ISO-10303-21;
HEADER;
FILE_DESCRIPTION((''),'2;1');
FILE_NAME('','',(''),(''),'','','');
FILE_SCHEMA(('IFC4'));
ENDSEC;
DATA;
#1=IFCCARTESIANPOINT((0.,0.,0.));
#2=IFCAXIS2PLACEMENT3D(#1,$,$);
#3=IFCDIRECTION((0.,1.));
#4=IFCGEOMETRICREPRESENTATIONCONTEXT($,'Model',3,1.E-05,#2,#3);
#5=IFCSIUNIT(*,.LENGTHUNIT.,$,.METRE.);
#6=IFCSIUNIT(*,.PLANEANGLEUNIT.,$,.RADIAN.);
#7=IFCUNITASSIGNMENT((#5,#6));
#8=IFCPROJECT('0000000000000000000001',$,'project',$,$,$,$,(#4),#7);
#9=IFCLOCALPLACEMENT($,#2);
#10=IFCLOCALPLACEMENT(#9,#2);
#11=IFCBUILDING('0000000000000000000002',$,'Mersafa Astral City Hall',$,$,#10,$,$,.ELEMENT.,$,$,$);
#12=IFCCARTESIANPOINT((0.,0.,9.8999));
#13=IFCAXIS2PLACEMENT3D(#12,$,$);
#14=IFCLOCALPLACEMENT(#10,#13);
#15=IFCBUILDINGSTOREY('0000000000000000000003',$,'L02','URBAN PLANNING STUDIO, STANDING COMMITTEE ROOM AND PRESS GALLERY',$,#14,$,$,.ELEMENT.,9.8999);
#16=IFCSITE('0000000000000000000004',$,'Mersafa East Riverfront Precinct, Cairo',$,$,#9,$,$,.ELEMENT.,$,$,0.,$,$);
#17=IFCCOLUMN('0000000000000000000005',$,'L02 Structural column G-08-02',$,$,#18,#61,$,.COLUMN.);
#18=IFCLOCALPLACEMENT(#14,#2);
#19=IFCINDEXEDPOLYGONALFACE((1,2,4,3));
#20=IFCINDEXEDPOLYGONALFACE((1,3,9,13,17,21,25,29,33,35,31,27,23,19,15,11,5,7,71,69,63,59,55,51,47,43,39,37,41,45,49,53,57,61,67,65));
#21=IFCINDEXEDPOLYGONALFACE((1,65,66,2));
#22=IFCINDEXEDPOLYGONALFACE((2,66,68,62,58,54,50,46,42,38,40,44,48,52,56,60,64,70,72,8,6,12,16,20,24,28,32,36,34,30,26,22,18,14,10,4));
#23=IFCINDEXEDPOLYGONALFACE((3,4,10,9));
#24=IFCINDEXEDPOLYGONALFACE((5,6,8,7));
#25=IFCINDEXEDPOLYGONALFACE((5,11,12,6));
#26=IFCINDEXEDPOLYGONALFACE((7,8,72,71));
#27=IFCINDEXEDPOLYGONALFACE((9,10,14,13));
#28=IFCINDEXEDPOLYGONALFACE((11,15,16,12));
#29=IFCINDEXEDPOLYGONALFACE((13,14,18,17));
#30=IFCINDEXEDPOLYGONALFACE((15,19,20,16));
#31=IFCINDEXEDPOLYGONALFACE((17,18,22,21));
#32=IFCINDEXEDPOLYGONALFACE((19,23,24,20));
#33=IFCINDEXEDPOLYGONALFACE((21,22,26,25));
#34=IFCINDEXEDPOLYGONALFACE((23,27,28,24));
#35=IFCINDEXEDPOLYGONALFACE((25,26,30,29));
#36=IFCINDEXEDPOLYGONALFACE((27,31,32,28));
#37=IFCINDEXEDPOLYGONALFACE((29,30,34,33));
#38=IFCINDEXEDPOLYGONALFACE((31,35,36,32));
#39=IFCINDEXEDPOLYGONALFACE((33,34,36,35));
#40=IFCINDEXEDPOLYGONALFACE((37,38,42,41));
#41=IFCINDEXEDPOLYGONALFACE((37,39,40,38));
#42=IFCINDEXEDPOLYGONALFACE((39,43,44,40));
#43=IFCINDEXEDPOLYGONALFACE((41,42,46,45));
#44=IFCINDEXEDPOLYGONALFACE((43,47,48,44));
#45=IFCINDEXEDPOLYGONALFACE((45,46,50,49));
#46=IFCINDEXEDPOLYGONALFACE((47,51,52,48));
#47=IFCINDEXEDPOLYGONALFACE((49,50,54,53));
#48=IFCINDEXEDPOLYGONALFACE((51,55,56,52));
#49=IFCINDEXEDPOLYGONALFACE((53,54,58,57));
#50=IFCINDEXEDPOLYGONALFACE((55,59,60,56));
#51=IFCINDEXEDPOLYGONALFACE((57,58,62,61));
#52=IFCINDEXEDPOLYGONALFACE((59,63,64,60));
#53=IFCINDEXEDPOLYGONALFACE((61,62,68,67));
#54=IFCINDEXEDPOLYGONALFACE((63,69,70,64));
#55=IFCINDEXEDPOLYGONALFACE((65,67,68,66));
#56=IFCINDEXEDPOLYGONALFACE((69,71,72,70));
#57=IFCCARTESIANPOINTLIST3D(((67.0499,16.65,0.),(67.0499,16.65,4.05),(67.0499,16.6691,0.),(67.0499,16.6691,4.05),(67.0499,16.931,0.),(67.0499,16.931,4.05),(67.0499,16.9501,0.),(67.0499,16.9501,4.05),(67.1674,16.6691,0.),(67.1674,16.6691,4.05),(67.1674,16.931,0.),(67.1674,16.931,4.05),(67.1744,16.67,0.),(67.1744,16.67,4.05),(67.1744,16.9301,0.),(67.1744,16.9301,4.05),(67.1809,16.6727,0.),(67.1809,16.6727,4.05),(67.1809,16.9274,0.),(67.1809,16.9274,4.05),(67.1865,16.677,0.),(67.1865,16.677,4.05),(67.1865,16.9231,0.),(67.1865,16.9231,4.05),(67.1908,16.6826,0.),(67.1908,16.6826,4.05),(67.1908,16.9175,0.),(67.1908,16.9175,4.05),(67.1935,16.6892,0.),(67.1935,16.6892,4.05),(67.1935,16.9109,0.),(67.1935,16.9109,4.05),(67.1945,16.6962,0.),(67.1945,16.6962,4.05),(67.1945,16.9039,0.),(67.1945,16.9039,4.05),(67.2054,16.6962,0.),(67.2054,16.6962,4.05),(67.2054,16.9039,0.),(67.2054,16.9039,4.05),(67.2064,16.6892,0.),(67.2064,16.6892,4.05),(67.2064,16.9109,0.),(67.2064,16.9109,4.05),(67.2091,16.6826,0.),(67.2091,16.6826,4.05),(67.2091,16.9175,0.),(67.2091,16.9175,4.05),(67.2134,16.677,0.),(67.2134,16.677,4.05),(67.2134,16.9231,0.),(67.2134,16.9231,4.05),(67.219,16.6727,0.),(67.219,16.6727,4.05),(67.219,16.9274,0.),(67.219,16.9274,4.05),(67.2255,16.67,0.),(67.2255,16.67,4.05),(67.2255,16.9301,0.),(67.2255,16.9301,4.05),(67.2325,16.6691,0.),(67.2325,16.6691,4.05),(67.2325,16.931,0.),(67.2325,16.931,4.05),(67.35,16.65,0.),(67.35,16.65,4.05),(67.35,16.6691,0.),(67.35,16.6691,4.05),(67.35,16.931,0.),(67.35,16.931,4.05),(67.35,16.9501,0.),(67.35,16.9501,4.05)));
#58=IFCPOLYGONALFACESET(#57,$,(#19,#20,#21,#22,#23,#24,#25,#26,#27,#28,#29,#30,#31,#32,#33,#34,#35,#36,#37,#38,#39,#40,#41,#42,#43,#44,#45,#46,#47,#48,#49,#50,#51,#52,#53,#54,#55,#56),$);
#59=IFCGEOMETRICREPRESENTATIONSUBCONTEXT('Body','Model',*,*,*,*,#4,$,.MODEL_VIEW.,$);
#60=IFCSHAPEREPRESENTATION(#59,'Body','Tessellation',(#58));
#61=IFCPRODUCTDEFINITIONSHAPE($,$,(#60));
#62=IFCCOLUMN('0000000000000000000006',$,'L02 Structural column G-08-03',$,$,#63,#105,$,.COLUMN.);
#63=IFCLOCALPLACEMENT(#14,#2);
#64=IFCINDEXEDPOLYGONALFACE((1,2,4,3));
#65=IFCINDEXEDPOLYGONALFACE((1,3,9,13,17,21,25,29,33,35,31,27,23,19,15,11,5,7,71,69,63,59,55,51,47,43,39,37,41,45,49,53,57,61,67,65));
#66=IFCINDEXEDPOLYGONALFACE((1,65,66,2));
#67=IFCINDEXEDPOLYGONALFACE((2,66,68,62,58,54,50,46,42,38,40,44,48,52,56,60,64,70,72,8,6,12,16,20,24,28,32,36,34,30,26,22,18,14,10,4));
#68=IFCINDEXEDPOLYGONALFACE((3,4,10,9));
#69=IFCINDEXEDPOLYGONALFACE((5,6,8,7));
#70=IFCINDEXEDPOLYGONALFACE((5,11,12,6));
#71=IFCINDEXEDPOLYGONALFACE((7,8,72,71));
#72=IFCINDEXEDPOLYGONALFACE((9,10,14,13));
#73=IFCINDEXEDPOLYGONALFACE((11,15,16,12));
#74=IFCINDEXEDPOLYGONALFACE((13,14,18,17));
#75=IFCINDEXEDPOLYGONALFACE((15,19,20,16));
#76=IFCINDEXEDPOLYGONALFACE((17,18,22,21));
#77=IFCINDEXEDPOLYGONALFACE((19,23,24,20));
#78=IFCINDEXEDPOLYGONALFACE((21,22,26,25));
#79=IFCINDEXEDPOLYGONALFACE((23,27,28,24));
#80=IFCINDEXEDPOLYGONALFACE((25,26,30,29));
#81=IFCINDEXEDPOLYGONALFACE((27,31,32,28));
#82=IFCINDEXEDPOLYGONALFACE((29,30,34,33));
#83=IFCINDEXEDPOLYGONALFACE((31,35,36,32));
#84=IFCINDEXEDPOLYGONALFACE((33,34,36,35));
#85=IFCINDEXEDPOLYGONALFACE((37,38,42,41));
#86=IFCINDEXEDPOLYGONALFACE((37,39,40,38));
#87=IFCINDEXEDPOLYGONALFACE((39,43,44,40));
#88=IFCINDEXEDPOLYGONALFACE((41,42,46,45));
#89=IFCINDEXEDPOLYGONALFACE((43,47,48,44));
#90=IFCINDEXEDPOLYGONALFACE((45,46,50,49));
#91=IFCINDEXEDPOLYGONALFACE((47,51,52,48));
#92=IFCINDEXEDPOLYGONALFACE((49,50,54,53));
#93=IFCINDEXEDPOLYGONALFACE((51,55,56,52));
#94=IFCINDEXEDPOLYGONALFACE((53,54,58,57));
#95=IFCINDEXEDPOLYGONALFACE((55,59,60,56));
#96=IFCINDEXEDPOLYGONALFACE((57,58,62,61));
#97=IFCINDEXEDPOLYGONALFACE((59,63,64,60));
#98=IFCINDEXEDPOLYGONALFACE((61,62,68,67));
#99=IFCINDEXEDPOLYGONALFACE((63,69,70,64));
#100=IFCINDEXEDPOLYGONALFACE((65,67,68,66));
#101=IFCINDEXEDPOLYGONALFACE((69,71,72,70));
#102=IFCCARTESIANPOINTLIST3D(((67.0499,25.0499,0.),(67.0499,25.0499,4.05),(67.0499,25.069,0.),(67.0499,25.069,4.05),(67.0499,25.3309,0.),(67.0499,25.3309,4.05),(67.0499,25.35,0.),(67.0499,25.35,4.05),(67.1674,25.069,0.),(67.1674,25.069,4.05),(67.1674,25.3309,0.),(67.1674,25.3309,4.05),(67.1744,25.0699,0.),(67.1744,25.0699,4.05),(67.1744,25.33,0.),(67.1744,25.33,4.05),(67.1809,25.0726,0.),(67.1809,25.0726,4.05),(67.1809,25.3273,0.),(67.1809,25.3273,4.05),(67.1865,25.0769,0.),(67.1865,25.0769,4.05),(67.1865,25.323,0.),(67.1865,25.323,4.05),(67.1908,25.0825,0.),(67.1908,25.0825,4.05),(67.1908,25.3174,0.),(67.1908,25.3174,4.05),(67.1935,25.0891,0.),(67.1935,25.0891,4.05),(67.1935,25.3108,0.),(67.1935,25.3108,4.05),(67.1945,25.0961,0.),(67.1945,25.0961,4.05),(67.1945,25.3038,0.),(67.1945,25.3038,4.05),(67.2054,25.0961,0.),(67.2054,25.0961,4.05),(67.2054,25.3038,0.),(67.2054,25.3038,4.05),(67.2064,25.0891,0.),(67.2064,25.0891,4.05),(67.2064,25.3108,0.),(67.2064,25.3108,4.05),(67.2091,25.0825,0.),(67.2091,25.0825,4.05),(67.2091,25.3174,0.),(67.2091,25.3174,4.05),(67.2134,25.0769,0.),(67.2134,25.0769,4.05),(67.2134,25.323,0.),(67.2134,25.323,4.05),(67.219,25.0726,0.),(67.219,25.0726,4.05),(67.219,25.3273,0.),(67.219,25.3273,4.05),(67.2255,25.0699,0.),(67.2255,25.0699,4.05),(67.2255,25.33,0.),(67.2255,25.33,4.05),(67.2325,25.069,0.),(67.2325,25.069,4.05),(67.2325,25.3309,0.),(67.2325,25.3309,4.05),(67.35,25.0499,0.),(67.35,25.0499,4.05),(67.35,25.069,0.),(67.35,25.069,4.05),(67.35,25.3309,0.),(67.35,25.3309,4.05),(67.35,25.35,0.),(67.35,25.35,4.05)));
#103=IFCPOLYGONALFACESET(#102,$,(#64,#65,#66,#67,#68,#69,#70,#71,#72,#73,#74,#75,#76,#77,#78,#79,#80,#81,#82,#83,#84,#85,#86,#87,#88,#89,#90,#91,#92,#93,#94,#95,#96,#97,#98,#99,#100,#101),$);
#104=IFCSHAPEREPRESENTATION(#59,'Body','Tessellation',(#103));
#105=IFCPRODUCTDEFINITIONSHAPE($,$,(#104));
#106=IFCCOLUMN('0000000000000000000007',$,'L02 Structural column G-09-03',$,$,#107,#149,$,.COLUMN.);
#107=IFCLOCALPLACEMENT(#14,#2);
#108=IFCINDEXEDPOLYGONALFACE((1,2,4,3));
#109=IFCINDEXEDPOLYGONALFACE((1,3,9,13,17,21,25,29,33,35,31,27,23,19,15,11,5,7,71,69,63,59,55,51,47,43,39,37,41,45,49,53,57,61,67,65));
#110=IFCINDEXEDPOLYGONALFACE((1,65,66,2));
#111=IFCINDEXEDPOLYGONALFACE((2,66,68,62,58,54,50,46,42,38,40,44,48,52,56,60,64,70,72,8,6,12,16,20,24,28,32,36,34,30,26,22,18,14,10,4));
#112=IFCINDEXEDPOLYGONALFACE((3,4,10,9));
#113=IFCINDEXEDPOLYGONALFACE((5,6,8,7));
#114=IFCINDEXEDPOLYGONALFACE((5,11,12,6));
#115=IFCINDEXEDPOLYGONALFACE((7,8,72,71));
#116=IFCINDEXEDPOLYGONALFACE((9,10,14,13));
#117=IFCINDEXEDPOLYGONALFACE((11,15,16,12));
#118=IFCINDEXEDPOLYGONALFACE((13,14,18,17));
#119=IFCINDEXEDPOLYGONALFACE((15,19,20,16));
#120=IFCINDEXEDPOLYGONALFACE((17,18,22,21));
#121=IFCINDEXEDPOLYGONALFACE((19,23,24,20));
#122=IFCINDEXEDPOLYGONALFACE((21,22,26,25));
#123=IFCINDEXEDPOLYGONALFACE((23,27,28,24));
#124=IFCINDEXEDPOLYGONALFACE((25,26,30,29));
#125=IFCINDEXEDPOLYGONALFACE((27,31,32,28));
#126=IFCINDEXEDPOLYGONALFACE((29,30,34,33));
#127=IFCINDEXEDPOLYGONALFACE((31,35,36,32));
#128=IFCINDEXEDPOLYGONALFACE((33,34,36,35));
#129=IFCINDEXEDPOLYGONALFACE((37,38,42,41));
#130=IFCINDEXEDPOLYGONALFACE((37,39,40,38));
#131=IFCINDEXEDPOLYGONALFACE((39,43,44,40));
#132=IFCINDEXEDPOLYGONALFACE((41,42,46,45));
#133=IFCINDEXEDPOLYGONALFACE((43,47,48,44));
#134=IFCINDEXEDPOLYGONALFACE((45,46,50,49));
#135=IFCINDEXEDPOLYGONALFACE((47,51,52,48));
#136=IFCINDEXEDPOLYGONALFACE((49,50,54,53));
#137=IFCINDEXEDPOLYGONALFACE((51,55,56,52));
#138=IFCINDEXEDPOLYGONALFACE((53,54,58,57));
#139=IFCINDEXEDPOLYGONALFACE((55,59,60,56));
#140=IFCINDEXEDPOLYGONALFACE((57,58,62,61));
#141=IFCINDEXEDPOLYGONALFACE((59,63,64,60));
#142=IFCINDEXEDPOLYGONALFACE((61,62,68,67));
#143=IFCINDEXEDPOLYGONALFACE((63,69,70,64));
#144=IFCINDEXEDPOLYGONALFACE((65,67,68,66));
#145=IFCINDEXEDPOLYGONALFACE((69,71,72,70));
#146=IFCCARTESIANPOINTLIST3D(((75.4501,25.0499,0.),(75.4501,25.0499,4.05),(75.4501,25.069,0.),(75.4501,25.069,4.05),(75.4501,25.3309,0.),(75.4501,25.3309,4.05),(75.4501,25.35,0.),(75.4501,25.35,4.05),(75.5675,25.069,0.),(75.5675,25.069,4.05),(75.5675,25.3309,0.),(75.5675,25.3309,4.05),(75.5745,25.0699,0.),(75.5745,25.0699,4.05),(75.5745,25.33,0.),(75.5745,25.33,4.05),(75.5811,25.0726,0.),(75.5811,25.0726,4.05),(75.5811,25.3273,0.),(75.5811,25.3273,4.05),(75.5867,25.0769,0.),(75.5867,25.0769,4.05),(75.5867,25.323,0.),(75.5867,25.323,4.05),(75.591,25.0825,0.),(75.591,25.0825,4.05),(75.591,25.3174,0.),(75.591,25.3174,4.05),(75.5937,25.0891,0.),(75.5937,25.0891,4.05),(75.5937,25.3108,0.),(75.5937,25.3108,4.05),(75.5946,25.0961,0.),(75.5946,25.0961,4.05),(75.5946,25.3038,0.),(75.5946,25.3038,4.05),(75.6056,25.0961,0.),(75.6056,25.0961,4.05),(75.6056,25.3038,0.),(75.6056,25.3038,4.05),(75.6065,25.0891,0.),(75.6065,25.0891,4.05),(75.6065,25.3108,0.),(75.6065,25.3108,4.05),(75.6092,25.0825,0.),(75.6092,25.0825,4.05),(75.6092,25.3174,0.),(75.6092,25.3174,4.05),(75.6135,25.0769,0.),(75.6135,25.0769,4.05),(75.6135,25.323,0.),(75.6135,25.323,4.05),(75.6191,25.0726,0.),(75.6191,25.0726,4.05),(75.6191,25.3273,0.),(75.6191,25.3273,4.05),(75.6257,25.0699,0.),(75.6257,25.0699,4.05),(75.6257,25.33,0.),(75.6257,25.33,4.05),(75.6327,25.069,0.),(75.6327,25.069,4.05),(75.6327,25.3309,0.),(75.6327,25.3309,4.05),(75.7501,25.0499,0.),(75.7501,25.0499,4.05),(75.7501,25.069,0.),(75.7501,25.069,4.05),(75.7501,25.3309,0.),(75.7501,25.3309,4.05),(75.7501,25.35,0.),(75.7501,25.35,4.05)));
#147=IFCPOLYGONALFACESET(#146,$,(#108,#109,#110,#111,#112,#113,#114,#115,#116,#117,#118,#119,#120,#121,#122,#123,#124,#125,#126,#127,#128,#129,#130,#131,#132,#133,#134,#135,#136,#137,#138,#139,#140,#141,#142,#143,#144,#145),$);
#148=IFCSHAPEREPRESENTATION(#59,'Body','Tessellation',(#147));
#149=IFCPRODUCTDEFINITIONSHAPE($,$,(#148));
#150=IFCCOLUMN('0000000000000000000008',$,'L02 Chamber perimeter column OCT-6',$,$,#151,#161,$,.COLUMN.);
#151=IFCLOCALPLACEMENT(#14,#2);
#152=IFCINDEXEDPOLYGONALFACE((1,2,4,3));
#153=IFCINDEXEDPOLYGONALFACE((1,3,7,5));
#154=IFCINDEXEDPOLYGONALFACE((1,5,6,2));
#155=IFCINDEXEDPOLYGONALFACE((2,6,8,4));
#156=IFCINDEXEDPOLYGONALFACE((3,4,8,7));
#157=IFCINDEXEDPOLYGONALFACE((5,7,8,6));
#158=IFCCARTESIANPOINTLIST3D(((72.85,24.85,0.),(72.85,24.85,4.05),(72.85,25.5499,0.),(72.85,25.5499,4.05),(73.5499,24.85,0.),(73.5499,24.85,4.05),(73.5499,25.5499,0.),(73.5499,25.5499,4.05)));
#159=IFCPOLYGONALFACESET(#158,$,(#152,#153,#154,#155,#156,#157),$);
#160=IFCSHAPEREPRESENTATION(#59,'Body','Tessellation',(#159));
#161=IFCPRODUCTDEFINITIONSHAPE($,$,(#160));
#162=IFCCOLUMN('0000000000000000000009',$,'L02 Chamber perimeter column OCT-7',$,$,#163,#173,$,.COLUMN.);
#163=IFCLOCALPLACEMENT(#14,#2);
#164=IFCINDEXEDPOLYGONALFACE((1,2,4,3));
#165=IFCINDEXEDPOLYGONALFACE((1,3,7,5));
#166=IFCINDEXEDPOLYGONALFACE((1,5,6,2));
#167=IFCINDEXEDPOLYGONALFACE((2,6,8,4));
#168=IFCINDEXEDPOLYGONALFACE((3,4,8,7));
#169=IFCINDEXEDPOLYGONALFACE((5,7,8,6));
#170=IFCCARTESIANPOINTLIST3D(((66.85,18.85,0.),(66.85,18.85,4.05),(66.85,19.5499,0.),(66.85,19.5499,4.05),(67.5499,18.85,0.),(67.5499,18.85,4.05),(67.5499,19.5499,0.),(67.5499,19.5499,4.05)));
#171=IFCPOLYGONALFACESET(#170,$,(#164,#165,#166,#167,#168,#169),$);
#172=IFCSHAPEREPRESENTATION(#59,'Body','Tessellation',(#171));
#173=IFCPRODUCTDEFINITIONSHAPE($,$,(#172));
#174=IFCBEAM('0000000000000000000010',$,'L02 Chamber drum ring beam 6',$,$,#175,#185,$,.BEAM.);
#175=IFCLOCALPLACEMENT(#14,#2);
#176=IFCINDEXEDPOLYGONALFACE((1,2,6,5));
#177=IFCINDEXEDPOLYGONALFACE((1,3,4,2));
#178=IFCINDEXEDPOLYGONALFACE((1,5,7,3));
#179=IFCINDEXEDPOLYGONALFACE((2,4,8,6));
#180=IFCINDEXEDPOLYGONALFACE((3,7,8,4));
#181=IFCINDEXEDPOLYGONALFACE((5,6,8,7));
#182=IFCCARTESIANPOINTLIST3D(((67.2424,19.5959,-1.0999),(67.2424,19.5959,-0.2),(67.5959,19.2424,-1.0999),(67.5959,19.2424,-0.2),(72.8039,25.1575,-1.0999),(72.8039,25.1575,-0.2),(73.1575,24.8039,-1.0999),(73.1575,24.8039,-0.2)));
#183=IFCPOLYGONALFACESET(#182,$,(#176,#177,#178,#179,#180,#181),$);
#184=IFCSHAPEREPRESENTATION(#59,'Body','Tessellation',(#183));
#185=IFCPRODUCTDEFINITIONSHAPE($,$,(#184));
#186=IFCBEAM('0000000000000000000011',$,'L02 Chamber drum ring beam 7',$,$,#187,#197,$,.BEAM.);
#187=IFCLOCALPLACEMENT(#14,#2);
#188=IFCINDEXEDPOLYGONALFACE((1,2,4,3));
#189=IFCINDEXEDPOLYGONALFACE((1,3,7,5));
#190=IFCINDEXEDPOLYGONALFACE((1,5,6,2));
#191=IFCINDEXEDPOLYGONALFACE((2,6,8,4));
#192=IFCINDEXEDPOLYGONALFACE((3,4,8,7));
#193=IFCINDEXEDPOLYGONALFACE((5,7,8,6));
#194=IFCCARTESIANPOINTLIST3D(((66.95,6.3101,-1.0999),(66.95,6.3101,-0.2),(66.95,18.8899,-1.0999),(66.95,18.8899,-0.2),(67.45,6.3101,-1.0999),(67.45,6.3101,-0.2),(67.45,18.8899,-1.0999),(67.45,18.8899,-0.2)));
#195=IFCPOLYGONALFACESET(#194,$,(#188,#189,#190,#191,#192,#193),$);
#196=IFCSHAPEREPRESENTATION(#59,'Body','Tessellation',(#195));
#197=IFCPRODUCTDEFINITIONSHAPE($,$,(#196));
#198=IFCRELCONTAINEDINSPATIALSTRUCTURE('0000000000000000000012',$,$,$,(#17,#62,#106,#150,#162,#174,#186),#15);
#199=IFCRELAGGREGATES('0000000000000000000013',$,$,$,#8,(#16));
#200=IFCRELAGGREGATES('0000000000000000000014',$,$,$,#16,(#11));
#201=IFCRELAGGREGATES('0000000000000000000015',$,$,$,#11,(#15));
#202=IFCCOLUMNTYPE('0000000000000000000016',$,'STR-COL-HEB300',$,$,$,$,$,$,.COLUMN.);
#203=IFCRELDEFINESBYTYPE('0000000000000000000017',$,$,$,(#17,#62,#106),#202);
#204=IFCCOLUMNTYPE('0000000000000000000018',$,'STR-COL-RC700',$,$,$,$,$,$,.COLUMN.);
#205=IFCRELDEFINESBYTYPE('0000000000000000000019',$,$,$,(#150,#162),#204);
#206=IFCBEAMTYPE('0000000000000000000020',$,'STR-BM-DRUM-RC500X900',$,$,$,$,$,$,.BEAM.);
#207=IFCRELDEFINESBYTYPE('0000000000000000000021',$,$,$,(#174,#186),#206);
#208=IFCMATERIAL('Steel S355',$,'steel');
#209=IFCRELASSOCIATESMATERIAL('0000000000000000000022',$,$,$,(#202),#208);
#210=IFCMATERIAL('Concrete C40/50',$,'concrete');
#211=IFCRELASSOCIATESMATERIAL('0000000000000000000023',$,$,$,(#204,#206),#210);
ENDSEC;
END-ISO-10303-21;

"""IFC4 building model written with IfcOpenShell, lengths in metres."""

from ifc_helpers import new_model, si_unit, direction, frame, origin, origin_2d, place, context, subcontext, project, spatial, rectangle, i_section, extrude, material, material_profile, profile_set, type_object, element, save


model = new_model("IFC4")

# Units and contexts
model_context = context("Model", 3, precision=1e-05, world=origin(), true_north=direction((0.0, 1.0)))
body_context = subcontext(model_context, "Body", "Model", "MODEL_VIEW")
ifc_project = project(units=[si_unit("LENGTHUNIT", "METRE"), si_unit("PLANEANGLEUNIT", "RADIAN")], contexts=[model_context])

# Site, building, storey
site_placement = place(None, origin())
site = spatial("IfcSite", under=ifc_project, at=site_placement, Name="Mersafa East Riverfront Precinct, Cairo", CompositionType="ELEMENT", RefElevation=0.0)
building_placement = place(site_placement, origin())
building = spatial("IfcBuilding", under=site, at=building_placement, Name="Mersafa Astral City Hall", CompositionType="ELEMENT")
storey_placement = place(building_placement, frame((0.0, 0.0, 9.8999)))
storey = spatial("IfcBuildingStorey", under=building, at=storey_placement, Name="L02", Description="URBAN PLANNING STUDIO, STANDING COMMITTEE ROOM AND PRESS GALLERY", CompositionType="ELEMENT", Elevation=9.8999)

# Columns
ifc_material_1 = material(Name="Steel S355", Category="steel")
ifc_material_profile_1 = material_profile(ifc_material_1, i_section(OverallWidth=0.3, OverallDepth=0.3, WebThickness=0.011, FlangeThickness=0.019, FilletRadius=0.0271, at=origin_2d()), Name="HEB 300")
ifc_profile_set_1 = profile_set([ifc_material_profile_1], Name="Steel S355")
column_type_1 = type_object("IfcColumnType", Name="STR-COL-HEB300", PredefinedType="COLUMN", material=ifc_profile_set_1)
for number, where, z_axis, x_axis, name in (
    (1, (67.2, 16.8, 0.0), (0.0, 0.0, 1.0), (1.0, 0.0, 0.0), "L02 Structural column G-08-02"),
    (2, (67.2, 25.2, 0.0), (0.0, 0.0, 1.0), (1.0, 0.0, 0.0), "L02 Structural column G-08-03"),
    (3, (75.6001, 25.2, 0.0), (0.0, 0.0, 1.0), (1.0, 0.0, 0.0), "L02 Structural column G-09-03"),
):
    element("IfcColumn", number, at=place(storey_placement, frame(where, z_axis=z_axis, x_axis=x_axis)), inside=storey, type_object=column_type_1, Name=name, PredefinedType="COLUMN", context=body_context, shape_type="SweptSolid", body=[
        extrude(i_section(OverallWidth=0.3, OverallDepth=0.3, WebThickness=0.011, FlangeThickness=0.019, FilletRadius=0.0271, at=origin_2d()), origin(), (0.0, 0.0, 1.0), 4.05),
    ])
ifc_material_2 = material(Name="Concrete C40/50", Category="concrete")
ifc_material_profile_2 = material_profile(ifc_material_2, rectangle(XDim=0.7, YDim=0.7, at=origin_2d()), Name="RC 700x700")
ifc_profile_set_2 = profile_set([ifc_material_profile_2], Name="Concrete C40/50")
column_type_2 = type_object("IfcColumnType", Name="STR-COL-RC700", PredefinedType="COLUMN", material=ifc_profile_set_2)
for number, where, z_axis, x_axis, name in (
    (4, (73.2, 25.2, 0.0), (0.0, 0.0, 1.0), (1.0, 0.0, 0.0), "L02 Chamber perimeter column OCT-6"),
    (5, (67.2, 19.2, 0.0), (0.0, 0.0, 1.0), (1.0, 0.0, 0.0), "L02 Chamber perimeter column OCT-7"),
):
    element("IfcColumn", number, at=place(storey_placement, frame(where, z_axis=z_axis, x_axis=x_axis)), inside=storey, type_object=column_type_2, Name=name, PredefinedType="COLUMN", context=body_context, shape_type="SweptSolid", body=[
        extrude(rectangle(XDim=0.7, YDim=0.7, at=origin_2d()), origin(), (0.0, 0.0, 1.0), 4.05),
    ])

# Beams
ifc_material_profile_3 = material_profile(ifc_material_2, rectangle(XDim=0.5, YDim=0.8999, at=origin_2d()), Name="RC 500x900")
ifc_profile_set_3 = profile_set([ifc_material_profile_3], Name="Concrete C40/50")
beam_type_1 = type_object("IfcBeamType", Name="STR-BM-DRUM-RC500X900", PredefinedType="BEAM", material=ifc_profile_set_3)
beam_1_placement = place(storey_placement, frame((72.9807, 24.9807, -0.6499), z_axis=(-0.707107, -0.707107, 0.0), x_axis=(0.707107, -0.707107, 0.0)))
element("IfcBeam", 6, at=beam_1_placement, inside=storey, type_object=beam_type_1, Name="L02 Chamber drum ring beam 6", PredefinedType="BEAM", context=body_context, shape_type="SweptSolid", body=[
    extrude(rectangle(XDim=0.5, YDim=0.8999, at=origin_2d()), origin(), (0.0, 0.0, 1.0), 7.8652),
])
beam_2_placement = place(storey_placement, frame((67.2, 18.8899, -0.6499), z_axis=(0.0, -1.0, 0.0), x_axis=(1.0, 0.0, 0.0)))
element("IfcBeam", 7, at=beam_2_placement, inside=storey, type_object=beam_type_1, Name="L02 Chamber drum ring beam 7", PredefinedType="BEAM", context=body_context, shape_type="SweptSolid", body=[
    extrude(rectangle(XDim=0.5, YDim=0.8999, at=origin_2d()), origin(), (0.0, 0.0, 1.0), 12.5798),
])

save(model, "model.ifc")
